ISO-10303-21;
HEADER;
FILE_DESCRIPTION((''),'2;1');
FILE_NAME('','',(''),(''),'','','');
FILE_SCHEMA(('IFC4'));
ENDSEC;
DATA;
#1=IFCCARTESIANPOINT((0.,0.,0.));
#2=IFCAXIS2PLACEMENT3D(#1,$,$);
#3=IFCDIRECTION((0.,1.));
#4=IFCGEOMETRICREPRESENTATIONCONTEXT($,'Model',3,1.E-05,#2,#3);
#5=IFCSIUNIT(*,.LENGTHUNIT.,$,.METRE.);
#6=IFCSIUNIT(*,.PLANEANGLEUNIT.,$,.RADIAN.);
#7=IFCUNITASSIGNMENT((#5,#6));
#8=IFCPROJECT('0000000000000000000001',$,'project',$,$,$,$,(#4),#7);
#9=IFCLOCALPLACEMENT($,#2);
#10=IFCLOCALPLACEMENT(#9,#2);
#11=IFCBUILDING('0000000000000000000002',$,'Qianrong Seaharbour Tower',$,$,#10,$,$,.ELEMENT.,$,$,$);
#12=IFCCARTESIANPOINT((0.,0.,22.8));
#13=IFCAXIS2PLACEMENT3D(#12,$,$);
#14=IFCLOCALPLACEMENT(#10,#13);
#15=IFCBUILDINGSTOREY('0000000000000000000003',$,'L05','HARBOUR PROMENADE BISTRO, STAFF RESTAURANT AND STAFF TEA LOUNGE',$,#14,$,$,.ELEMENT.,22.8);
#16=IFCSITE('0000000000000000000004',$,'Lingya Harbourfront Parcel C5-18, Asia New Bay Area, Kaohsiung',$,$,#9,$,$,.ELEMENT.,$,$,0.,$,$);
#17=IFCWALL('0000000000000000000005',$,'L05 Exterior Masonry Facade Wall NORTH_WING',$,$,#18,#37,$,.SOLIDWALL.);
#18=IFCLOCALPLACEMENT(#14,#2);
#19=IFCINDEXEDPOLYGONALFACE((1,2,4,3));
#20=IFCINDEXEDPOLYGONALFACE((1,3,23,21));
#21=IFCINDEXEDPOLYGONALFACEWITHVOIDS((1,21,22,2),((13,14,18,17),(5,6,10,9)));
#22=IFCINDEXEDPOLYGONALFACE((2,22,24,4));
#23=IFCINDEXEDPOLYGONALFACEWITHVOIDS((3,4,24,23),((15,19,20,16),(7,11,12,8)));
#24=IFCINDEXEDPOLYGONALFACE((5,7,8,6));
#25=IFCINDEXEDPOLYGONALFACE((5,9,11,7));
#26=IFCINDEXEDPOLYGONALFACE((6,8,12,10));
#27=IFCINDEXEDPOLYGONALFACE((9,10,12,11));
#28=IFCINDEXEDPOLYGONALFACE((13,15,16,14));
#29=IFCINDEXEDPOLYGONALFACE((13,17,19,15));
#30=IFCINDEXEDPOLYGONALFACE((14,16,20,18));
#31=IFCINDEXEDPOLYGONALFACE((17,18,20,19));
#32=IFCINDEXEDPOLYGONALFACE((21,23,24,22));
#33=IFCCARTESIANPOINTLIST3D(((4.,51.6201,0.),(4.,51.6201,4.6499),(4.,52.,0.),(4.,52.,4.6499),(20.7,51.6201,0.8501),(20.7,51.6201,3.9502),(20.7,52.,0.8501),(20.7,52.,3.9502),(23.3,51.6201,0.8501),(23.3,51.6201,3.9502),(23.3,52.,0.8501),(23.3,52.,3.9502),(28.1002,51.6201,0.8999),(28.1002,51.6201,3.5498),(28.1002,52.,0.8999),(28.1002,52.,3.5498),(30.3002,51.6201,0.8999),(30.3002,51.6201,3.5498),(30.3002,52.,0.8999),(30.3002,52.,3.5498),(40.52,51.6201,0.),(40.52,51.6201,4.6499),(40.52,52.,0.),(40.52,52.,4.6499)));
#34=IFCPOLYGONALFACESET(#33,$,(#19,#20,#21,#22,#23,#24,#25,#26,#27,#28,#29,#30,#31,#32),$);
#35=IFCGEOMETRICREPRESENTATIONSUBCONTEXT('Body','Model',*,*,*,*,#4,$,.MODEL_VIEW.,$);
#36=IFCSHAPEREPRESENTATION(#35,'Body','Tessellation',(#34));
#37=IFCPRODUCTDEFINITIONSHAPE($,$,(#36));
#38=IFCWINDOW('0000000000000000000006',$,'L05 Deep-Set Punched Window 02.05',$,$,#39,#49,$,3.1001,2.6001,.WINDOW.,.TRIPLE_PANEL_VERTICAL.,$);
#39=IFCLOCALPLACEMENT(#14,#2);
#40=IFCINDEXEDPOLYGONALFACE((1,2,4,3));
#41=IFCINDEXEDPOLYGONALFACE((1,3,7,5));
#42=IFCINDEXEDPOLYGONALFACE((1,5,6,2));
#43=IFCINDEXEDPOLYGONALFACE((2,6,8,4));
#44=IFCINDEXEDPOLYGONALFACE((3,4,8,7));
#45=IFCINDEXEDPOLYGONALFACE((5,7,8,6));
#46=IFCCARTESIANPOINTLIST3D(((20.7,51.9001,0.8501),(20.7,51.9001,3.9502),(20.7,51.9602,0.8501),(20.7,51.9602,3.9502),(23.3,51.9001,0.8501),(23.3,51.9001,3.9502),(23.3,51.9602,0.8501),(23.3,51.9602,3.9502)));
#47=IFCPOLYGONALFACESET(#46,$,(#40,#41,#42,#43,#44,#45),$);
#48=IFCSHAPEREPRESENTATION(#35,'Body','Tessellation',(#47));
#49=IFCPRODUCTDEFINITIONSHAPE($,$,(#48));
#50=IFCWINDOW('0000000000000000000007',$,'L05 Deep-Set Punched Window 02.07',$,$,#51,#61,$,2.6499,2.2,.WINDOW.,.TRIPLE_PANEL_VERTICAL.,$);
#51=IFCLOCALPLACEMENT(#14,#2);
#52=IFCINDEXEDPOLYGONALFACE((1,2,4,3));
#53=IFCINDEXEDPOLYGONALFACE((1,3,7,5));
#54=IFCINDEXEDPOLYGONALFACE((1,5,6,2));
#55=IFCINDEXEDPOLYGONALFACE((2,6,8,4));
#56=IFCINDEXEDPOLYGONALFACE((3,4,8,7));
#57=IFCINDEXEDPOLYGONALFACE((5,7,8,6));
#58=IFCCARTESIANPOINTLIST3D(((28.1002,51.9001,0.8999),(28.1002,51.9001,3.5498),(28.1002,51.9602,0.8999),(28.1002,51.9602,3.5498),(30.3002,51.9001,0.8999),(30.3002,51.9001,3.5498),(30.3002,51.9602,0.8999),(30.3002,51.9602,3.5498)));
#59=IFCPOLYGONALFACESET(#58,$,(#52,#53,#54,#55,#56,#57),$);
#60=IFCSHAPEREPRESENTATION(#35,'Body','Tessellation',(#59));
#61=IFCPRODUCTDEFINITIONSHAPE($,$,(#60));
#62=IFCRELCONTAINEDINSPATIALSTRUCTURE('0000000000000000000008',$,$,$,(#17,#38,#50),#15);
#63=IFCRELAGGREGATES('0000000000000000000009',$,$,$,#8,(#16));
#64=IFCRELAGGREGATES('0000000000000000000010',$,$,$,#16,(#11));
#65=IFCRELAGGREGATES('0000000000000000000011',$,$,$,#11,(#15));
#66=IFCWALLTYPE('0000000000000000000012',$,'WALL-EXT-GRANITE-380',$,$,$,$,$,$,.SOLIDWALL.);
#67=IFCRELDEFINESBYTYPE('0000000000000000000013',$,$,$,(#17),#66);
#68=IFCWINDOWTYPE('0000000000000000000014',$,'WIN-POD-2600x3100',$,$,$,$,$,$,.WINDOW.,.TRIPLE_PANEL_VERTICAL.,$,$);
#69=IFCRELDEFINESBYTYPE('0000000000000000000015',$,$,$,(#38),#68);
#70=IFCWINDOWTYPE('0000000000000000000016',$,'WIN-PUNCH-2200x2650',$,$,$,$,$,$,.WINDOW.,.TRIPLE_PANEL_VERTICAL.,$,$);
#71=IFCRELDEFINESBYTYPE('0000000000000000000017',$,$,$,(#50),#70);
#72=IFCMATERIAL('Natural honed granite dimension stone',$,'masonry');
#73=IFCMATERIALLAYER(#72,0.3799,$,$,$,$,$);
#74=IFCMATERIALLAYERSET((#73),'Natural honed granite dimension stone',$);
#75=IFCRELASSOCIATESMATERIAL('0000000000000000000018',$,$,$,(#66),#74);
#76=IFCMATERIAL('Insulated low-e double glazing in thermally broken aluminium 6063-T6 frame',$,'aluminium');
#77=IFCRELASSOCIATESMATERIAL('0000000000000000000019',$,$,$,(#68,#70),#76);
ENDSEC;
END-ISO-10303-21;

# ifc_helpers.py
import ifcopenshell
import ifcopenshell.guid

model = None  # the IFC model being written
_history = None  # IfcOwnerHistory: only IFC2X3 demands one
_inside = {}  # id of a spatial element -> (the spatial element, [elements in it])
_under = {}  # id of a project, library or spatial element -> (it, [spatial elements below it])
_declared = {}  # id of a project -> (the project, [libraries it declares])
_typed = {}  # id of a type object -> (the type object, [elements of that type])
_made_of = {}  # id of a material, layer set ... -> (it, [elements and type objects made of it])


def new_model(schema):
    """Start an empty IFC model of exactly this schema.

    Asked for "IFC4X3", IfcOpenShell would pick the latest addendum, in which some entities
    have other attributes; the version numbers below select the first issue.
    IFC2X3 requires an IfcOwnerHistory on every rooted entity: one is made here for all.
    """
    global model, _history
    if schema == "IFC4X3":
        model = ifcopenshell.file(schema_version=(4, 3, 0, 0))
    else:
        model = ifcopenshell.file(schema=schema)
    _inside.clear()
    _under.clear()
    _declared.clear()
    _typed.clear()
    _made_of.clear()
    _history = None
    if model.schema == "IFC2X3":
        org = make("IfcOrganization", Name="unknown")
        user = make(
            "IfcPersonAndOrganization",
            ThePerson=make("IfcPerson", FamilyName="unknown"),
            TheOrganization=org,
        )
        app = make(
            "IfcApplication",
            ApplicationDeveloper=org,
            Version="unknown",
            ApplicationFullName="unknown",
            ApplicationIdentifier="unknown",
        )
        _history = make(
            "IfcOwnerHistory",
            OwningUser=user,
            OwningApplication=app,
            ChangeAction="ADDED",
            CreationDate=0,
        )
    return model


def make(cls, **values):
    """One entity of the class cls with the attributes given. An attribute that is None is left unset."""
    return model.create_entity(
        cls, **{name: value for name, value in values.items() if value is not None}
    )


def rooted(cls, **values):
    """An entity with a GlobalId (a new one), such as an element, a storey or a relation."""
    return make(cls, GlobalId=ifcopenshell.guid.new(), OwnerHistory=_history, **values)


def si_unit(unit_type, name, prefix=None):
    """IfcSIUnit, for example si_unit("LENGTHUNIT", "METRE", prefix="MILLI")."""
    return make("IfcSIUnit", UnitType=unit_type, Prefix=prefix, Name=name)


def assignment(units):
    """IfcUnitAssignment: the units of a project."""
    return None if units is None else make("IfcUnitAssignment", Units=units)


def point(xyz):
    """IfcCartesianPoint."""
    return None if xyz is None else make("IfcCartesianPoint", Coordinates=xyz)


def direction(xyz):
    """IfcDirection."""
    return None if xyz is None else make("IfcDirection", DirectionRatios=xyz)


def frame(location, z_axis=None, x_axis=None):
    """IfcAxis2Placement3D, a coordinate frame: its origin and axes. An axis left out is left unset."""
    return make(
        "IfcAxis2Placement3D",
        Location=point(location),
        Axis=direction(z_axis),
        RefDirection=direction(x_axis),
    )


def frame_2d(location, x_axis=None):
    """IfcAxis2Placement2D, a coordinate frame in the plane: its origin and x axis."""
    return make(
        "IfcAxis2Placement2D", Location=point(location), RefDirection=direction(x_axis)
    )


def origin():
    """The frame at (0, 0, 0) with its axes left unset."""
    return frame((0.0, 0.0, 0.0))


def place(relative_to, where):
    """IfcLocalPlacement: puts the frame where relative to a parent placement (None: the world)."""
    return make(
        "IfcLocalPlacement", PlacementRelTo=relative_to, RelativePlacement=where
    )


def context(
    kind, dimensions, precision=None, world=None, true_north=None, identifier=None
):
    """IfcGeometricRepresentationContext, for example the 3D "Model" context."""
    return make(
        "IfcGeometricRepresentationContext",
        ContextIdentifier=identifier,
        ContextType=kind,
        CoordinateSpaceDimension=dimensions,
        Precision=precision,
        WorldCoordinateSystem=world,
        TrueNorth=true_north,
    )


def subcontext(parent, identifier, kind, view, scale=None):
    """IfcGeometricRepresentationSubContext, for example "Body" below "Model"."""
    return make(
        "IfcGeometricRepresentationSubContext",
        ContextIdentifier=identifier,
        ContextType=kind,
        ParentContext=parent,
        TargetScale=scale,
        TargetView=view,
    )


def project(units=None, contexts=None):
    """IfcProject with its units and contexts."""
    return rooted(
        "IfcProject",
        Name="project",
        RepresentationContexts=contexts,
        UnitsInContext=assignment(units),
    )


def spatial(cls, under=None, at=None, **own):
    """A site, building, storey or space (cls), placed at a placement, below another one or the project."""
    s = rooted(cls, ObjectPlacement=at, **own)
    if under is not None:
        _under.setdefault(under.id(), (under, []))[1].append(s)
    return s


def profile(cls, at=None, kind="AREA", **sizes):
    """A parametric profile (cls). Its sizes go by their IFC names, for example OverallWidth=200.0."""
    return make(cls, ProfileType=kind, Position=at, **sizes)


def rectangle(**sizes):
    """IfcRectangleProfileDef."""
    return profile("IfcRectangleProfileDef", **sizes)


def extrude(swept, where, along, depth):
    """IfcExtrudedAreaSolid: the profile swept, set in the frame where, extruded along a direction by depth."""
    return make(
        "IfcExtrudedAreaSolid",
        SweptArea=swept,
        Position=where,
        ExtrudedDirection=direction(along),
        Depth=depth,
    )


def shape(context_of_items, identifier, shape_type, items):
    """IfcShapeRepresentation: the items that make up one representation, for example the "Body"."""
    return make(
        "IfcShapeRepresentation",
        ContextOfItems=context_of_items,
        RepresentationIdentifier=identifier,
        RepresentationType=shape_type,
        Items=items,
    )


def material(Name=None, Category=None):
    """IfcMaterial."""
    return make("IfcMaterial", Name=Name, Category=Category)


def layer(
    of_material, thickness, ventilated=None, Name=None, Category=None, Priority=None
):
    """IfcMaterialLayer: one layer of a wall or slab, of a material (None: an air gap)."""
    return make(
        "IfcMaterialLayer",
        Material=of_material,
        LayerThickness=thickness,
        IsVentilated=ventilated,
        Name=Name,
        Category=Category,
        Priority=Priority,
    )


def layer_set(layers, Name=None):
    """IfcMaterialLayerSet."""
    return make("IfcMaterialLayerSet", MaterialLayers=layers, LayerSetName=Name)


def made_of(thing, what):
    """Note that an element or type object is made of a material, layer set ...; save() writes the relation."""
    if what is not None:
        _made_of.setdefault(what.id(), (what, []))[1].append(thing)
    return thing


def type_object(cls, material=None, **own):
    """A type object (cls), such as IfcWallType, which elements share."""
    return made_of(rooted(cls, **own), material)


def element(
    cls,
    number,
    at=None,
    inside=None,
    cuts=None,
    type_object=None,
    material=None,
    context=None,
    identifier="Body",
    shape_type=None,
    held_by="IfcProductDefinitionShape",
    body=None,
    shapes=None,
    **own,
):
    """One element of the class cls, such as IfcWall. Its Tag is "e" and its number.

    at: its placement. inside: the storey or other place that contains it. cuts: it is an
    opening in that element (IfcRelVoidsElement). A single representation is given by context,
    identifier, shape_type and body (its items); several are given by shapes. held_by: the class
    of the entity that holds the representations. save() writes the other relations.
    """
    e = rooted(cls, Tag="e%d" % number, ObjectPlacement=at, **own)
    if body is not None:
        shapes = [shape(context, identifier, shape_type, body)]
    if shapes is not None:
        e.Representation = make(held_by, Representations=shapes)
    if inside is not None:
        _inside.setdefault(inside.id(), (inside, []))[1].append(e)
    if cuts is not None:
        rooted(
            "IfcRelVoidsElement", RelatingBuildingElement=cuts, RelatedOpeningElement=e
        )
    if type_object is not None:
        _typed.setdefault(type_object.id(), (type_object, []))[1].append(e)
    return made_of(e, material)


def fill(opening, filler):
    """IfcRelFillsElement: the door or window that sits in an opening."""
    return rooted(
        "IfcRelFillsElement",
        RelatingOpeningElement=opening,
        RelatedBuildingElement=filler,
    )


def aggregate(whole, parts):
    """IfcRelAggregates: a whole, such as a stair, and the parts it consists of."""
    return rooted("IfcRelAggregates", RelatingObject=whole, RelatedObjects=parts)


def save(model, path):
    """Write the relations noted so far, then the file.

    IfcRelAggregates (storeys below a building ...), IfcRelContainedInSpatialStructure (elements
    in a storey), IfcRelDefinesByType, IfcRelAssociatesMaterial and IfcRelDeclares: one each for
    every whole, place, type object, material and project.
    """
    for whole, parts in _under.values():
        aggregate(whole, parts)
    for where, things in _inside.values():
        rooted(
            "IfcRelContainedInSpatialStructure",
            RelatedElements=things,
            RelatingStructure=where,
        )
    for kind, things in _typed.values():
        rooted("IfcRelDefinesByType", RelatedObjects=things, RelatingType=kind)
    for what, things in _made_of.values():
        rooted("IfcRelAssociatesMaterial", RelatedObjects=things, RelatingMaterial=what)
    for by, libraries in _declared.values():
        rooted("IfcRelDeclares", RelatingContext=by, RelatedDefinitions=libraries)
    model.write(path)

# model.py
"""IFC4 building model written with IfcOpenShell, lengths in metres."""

from ifc_helpers import new_model, si_unit, direction, frame, frame_2d, origin, place, context, subcontext, project, spatial, rectangle, extrude, material, layer, layer_set, type_object, element, fill, save


model = new_model("IFC4")

# Units and contexts
model_context = context("Model", 3, precision=1e-05, world=origin(), true_north=direction((0.0, 1.0)))
body_context = subcontext(model_context, "Body", "Model", "MODEL_VIEW")
ifc_project = project(units=[si_unit("LENGTHUNIT", "METRE"), si_unit("PLANEANGLEUNIT", "RADIAN")], contexts=[model_context])

# Site, building, storey
site_placement = place(None, origin())
site = spatial("IfcSite", under=ifc_project, at=site_placement, Name="Lingya Harbourfront Parcel C5-18, Asia New Bay Area, Kaohsiung", CompositionType="ELEMENT", RefElevation=0.0)
building_placement = place(site_placement, origin())
building = spatial("IfcBuilding", under=site, at=building_placement, Name="Qianrong Seaharbour Tower", CompositionType="ELEMENT")
storey_placement = place(building_placement, frame((0.0, 0.0, 22.8)))
storey = spatial("IfcBuildingStorey", under=building, at=storey_placement, Name="L05", Description="HARBOUR PROMENADE BISTRO, STAFF RESTAURANT AND STAFF TEA LOUNGE", CompositionType="ELEMENT", Elevation=22.8)

# Shared definitions
ifc_material_1 = material(Name="Natural honed granite dimension stone", Category="masonry")
ifc_layer = layer(ifc_material_1, 0.3799)
ifc_layer_set = layer_set([ifc_layer], Name="Natural honed granite dimension stone")
wall_type = type_object("IfcWallType", Name="WALL-EXT-GRANITE-380", PredefinedType="SOLIDWALL", material=ifc_layer_set)

# Wall, openings, windows
wall_1_placement = place(storey_placement, frame((4.0, 51.8101, 0.0), z_axis=(0.0, 0.0, 1.0), x_axis=(1.0, 0.0, 0.0)))
wall_1 = element("IfcWall", 1, at=wall_1_placement, inside=storey, type_object=wall_type, Name="L05 Exterior Masonry Facade Wall NORTH_WING", PredefinedType="SOLIDWALL", context=body_context, shape_type="SweptSolid", body=[
    extrude(rectangle(XDim=36.52, YDim=0.3799, at=frame_2d((18.26, 0.0))), origin(), (0.0, 0.0, 1.0), 4.6499),
])
opening_1_placement = place(wall_1_placement, frame((16.7, 0.0, 0.8501)))
opening_1 = element("IfcOpeningElement", 2, at=opening_1_placement, cuts=wall_1, PredefinedType="OPENING", context=body_context, shape_type="SweptSolid", body=[
    extrude(rectangle(XDim=2.6001, YDim=3.1001, at=frame_2d((1.3, 1.55))), frame((0.0, 0.2, 0.0), z_axis=(0.0, -1.0, 0.0), x_axis=(1.0, 0.0, 0.0)), (0.0, 0.0, 1.0), 0.3999),
])
opening_2_placement = place(wall_1_placement, frame((24.1001, 0.0, 0.8999)))
opening_2 = element("IfcOpeningElement", 3, at=opening_2_placement, cuts=wall_1, PredefinedType="OPENING", context=body_context, shape_type="SweptSolid", body=[
    extrude(rectangle(XDim=2.2, YDim=2.6499, at=frame_2d((1.1001, 1.325))), frame((0.0, 0.2, 0.0), z_axis=(0.0, -1.0, 0.0), x_axis=(1.0, 0.0, 0.0)), (0.0, 0.0, 1.0), 0.3999),
])
ifc_material_2 = material(Name="Insulated low-e double glazing in thermally broken aluminium 6063-T6 frame", Category="aluminium")
window_type_1 = type_object("IfcWindowType", Name="WIN-POD-2600x3100", PartitioningType="TRIPLE_PANEL_VERTICAL", PredefinedType="WINDOW", material=ifc_material_2)
window_1_placement = place(opening_1_placement, origin())
window_1 = element("IfcWindow", 4, at=window_1_placement, inside=storey, type_object=window_type_1, Name="L05 Deep-Set Punched Window 02.05", OverallHeight=3.1001, OverallWidth=2.6001, PartitioningType="TRIPLE_PANEL_VERTICAL", PredefinedType="WINDOW", context=body_context, shape_type="SweptSolid", body=[
    extrude(rectangle(XDim=2.6001, YDim=3.1001, at=frame_2d((1.3, 1.55))), frame((0.0, 0.1501, 0.0), z_axis=(0.0, -1.0, 0.0), x_axis=(1.0, 0.0, 0.0)), (0.0, 0.0, 1.0), 0.0601),
])
fill(opening_1, window_1)
window_type_2 = type_object("IfcWindowType", Name="WIN-PUNCH-2200x2650", PartitioningType="TRIPLE_PANEL_VERTICAL", PredefinedType="WINDOW", material=ifc_material_2)
window_2_placement = place(opening_2_placement, origin())
window_2 = element("IfcWindow", 5, at=window_2_placement, inside=storey, type_object=window_type_2, Name="L05 Deep-Set Punched Window 02.07", OverallHeight=2.6499, OverallWidth=2.2, PartitioningType="TRIPLE_PANEL_VERTICAL", PredefinedType="WINDOW", context=body_context, shape_type="SweptSolid", body=[
    extrude(rectangle(XDim=2.2, YDim=2.6499, at=frame_2d((1.1001, 1.325))), frame((0.0, 0.1501, 0.0), z_axis=(0.0, -1.0, 0.0), x_axis=(1.0, 0.0, 0.0)), (0.0, 0.0, 1.0), 0.0601),
])
fill(opening_2, window_2)

save(model, "model.ifc")
